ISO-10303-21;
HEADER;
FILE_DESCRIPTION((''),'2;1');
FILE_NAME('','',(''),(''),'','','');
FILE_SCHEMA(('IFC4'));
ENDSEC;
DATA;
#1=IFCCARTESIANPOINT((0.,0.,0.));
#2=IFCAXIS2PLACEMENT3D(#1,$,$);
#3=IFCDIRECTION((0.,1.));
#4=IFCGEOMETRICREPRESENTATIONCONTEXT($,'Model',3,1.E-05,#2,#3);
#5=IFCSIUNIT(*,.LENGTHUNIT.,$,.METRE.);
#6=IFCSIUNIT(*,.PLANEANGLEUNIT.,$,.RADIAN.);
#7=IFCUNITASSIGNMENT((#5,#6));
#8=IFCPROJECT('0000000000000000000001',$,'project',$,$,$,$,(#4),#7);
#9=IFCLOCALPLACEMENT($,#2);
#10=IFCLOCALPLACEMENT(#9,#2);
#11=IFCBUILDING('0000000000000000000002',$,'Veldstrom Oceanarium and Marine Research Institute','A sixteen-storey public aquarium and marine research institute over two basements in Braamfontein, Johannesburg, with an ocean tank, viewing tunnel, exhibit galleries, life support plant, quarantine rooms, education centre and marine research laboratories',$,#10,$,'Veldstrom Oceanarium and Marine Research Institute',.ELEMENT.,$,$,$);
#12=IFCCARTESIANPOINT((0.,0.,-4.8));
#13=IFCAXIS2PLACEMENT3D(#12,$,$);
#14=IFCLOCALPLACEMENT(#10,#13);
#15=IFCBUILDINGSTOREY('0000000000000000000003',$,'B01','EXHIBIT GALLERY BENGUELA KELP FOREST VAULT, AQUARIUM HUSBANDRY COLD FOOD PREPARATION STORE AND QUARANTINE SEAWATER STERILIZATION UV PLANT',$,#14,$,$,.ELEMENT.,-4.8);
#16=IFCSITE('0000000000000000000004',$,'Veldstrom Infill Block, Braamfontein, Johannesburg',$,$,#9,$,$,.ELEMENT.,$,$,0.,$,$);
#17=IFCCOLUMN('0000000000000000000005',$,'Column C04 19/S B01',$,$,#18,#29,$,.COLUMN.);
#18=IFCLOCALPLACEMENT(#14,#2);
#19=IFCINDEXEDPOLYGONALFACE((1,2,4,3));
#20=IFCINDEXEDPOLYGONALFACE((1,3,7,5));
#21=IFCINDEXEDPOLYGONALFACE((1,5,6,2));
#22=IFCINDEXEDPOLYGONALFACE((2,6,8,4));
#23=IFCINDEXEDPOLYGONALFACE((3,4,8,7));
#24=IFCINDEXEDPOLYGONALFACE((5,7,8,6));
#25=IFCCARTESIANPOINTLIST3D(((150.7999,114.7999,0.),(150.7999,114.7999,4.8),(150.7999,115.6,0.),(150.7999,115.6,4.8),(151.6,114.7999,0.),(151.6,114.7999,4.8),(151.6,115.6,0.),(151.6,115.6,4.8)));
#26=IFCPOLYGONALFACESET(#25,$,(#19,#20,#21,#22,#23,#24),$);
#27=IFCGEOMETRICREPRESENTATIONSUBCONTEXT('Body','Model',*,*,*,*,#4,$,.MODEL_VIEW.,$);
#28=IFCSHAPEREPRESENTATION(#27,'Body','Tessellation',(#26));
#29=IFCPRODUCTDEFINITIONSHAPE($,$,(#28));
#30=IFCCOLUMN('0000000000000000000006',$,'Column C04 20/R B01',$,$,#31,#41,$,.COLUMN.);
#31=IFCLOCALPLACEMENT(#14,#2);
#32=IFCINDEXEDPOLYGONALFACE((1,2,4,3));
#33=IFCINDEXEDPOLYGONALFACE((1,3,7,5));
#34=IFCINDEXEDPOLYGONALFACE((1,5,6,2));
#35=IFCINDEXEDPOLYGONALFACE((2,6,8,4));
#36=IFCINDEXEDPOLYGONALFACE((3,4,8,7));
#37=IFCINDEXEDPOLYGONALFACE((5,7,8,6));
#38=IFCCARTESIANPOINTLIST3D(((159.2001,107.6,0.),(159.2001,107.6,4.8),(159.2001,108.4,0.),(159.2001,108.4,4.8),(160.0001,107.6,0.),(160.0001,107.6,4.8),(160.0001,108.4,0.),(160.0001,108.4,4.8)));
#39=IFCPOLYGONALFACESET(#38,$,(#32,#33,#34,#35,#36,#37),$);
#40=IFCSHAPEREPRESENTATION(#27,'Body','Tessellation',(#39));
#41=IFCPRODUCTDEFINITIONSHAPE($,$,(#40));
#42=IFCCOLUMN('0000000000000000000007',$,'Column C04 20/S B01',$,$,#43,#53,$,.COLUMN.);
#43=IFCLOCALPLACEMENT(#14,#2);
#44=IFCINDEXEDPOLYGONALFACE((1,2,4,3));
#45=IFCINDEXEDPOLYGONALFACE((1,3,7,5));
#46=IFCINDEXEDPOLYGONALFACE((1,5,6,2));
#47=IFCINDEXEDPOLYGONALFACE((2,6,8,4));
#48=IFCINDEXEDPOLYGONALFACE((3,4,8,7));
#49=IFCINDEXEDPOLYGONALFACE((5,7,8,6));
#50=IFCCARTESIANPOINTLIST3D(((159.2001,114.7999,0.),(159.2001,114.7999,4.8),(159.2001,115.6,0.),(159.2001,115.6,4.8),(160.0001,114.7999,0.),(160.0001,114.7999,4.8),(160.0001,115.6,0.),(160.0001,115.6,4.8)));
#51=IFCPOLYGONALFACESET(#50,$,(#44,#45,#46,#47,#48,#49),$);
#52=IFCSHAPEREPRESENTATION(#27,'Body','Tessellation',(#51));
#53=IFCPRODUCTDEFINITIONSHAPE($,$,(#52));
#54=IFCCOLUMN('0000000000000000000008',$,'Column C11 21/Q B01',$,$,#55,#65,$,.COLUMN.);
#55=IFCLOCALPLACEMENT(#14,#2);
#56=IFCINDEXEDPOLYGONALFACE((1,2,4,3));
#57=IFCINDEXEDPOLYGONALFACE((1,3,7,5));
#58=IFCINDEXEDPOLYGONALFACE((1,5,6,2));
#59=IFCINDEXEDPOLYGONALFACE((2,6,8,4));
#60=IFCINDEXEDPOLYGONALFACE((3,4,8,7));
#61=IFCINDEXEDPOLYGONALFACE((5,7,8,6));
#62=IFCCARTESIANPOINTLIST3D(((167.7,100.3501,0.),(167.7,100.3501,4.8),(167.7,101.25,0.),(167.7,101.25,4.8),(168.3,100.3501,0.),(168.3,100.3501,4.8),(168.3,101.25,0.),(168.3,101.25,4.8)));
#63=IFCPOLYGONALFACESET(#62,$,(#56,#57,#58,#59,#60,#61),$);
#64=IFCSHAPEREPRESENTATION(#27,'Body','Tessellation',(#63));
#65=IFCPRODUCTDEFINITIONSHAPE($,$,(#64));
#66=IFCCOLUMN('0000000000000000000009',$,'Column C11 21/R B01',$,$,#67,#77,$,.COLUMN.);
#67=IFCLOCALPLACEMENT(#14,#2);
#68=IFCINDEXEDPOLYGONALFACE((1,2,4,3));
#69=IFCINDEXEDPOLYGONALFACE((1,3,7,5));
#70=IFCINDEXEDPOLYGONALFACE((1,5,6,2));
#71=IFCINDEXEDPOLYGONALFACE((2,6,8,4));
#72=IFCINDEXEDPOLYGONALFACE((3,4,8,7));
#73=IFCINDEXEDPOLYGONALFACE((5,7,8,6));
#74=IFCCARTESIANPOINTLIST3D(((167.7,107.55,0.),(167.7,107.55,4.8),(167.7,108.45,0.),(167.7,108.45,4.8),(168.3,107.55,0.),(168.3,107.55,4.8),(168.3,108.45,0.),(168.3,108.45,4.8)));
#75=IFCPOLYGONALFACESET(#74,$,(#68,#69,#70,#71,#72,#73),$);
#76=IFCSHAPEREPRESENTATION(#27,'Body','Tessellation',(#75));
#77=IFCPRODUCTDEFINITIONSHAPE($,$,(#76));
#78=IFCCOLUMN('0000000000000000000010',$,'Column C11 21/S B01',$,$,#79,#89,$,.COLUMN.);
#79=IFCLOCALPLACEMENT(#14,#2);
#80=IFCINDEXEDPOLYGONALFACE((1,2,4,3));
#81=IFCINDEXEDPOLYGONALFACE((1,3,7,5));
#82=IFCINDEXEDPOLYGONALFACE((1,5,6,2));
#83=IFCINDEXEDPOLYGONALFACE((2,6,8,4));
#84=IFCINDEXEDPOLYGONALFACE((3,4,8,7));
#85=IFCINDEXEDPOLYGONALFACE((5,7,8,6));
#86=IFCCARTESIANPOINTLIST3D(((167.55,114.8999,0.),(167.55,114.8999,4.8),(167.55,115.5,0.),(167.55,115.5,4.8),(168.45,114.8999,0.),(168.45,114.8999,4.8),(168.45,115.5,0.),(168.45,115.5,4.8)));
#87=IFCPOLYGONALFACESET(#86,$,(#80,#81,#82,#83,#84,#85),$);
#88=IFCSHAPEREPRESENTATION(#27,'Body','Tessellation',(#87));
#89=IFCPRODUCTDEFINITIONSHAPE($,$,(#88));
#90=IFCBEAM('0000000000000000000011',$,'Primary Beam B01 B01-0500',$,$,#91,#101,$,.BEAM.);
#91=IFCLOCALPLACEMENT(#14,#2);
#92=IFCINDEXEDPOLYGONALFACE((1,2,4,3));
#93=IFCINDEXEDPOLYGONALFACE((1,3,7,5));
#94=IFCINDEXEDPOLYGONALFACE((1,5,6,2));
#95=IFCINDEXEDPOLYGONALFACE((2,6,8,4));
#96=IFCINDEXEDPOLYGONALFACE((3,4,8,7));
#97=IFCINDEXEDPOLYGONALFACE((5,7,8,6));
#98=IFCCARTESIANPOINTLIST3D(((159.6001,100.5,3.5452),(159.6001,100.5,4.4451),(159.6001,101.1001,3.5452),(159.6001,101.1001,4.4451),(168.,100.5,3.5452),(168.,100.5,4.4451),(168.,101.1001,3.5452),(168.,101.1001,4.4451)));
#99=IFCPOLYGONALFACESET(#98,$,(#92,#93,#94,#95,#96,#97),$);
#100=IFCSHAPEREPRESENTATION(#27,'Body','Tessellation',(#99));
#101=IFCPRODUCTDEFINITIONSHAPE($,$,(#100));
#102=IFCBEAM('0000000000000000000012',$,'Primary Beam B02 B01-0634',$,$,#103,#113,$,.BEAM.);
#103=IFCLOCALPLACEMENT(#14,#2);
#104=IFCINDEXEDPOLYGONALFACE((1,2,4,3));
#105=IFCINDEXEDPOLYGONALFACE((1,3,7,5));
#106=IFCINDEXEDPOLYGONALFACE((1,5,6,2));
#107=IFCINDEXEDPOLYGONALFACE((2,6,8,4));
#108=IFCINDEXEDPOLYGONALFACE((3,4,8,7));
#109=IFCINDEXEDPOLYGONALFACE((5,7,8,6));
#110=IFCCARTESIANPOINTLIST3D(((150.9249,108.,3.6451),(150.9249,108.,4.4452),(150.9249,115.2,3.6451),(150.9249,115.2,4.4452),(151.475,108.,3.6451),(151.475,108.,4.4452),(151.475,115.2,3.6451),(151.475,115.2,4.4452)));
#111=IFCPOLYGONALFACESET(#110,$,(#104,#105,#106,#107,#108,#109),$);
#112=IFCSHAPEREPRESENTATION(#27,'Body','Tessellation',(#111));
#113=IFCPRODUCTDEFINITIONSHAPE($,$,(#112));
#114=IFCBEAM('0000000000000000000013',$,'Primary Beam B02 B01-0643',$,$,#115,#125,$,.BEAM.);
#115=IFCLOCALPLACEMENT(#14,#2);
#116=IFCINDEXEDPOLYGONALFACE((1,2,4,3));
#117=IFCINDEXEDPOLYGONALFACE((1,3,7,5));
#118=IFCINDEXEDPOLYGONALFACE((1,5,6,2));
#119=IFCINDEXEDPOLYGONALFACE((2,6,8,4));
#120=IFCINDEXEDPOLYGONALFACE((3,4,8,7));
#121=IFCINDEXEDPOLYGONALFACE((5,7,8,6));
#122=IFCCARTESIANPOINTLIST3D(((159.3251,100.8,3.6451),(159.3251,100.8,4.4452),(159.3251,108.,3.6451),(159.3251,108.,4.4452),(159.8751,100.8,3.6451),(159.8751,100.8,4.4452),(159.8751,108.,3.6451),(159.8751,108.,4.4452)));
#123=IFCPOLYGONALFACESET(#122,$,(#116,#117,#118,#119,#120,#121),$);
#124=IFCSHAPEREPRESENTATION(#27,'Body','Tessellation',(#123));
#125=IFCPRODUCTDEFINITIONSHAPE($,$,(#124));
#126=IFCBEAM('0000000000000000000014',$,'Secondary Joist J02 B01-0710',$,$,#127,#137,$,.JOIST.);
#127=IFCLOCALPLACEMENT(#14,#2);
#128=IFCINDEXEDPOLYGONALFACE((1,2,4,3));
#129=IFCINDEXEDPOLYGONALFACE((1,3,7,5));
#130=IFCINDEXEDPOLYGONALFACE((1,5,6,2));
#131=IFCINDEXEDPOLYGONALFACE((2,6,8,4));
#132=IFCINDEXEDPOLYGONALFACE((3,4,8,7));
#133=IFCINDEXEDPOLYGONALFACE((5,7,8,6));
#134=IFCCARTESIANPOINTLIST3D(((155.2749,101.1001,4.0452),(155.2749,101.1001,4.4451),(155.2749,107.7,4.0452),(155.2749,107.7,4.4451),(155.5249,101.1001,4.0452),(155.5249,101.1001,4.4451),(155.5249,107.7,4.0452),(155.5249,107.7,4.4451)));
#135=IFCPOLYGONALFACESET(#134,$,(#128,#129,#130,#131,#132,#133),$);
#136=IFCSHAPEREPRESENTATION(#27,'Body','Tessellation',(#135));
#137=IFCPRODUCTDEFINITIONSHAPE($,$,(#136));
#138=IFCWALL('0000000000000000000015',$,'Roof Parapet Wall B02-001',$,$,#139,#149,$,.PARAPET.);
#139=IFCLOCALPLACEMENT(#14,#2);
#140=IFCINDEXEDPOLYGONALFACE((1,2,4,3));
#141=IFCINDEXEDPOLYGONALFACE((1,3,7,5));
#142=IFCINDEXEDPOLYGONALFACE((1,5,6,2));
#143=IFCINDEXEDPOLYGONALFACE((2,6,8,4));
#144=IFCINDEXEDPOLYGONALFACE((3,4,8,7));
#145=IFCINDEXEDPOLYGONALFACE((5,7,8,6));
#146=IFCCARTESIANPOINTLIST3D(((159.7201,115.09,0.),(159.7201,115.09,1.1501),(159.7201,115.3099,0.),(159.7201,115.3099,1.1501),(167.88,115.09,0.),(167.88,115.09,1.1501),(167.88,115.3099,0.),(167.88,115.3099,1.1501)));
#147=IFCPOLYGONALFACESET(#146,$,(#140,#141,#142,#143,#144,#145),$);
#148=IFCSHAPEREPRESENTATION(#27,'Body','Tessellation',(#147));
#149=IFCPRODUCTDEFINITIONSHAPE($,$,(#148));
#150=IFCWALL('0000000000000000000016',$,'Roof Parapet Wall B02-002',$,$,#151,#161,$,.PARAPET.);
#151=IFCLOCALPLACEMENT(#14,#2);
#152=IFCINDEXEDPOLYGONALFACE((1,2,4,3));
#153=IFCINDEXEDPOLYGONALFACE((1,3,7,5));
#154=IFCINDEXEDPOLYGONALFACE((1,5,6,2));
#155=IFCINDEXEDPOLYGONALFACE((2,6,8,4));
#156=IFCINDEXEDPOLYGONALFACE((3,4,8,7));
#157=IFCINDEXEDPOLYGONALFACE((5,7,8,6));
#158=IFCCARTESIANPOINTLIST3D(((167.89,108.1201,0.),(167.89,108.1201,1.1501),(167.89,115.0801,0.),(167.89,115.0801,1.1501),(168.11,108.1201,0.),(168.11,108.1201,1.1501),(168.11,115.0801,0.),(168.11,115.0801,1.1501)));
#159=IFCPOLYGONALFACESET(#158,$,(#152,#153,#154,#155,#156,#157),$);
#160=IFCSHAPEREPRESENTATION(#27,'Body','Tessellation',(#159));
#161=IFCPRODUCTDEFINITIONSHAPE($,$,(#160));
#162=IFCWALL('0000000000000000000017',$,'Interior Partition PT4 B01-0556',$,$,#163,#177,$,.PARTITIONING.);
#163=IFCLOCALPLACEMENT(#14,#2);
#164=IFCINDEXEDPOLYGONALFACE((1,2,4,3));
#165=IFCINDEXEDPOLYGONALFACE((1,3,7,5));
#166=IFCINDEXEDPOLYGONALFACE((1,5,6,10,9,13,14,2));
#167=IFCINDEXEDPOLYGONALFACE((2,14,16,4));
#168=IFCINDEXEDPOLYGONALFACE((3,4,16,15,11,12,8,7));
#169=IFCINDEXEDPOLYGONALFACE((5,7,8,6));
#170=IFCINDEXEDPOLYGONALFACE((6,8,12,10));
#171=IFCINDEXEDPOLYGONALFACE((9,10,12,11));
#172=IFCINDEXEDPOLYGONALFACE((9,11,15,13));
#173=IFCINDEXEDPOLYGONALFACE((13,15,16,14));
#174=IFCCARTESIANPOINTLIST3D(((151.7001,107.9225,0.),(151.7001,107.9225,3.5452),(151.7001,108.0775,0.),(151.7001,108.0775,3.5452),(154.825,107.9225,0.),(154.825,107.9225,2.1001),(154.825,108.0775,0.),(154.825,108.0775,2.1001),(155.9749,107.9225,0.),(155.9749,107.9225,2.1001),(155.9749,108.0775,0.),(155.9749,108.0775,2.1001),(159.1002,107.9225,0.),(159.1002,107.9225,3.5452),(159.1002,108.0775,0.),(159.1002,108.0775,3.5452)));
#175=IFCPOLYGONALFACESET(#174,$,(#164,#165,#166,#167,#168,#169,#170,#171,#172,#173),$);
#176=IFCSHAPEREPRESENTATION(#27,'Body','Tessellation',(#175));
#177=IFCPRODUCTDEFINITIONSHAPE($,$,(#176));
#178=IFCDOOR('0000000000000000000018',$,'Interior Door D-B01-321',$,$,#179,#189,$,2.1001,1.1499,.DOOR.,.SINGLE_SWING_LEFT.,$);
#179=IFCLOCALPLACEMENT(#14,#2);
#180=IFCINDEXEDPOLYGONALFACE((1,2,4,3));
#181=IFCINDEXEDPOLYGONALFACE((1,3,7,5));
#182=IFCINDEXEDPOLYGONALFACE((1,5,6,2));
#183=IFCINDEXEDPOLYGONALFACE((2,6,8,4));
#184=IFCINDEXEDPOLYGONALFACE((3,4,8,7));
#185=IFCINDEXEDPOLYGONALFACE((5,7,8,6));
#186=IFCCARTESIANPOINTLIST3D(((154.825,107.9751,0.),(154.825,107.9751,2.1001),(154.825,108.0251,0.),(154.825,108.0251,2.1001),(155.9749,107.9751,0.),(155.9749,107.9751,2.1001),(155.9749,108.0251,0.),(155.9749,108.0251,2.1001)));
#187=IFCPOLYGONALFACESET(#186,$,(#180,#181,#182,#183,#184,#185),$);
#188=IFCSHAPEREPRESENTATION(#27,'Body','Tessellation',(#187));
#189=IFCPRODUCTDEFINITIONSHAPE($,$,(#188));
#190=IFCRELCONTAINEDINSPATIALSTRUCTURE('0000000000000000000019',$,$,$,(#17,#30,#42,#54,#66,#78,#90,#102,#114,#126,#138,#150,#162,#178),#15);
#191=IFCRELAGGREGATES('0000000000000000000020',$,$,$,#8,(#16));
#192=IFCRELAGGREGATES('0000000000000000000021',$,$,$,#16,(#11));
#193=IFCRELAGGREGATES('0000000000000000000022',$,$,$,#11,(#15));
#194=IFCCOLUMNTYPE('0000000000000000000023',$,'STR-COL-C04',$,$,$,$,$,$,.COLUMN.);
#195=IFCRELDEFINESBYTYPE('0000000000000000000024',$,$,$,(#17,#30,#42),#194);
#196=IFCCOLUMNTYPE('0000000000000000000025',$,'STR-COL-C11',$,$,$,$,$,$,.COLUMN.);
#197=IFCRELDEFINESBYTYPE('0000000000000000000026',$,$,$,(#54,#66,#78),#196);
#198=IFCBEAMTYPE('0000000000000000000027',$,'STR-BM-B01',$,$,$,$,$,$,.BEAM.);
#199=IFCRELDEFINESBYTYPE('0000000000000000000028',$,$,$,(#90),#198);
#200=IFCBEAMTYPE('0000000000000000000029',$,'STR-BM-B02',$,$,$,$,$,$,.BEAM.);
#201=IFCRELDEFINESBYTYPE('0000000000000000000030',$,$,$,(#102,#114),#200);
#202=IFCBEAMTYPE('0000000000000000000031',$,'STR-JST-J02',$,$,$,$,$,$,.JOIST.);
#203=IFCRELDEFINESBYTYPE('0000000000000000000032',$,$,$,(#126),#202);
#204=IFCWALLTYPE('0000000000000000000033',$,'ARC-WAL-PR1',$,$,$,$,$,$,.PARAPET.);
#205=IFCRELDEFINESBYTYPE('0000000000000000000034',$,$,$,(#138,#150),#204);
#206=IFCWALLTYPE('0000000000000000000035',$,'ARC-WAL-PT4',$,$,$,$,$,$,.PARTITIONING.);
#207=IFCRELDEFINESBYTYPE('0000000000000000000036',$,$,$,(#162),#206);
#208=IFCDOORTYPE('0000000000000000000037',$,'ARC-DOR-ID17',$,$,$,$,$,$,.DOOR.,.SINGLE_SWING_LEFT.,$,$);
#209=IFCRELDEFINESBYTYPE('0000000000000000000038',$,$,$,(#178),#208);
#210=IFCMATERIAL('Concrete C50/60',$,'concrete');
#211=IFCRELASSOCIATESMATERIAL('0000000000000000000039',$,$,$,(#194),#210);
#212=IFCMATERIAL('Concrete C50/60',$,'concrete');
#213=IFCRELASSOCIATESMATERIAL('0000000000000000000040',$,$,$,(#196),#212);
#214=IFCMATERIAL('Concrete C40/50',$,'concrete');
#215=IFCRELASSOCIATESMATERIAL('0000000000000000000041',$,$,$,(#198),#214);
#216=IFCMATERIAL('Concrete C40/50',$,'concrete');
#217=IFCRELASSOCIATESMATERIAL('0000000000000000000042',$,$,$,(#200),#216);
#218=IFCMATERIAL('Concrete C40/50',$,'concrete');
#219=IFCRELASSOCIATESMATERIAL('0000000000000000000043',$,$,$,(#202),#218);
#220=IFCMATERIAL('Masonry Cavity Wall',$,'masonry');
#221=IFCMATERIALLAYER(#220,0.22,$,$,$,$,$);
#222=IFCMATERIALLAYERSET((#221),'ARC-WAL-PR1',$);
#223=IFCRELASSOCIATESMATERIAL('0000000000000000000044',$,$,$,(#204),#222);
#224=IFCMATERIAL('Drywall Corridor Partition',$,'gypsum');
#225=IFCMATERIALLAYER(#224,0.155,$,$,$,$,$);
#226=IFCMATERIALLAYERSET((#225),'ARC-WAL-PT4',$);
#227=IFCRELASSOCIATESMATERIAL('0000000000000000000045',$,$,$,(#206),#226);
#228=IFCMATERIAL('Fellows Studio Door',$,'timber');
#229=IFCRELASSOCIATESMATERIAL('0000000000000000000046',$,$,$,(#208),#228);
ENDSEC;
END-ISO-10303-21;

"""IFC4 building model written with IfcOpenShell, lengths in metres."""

from ifc_helpers import new_model, si_unit, direction, frame, frame_2d, origin, origin_2d, place, context, subcontext, project, spatial, rectangle, extrude, material, layer, layer_set, material_profile, profile_set, type_object, element, fill, save


model = new_model("IFC4")

# Units and contexts
model_context = context("Model", 3, precision=1e-05, world=origin(), true_north=direction((0.0, 1.0)))
body_context = subcontext(model_context, "Body", "Model", "MODEL_VIEW")
ifc_project = project(units=[si_unit("LENGTHUNIT", "METRE"), si_unit("PLANEANGLEUNIT", "RADIAN")], contexts=[model_context])

# Site, building, storey
site_placement = place(None, origin())
site = spatial("IfcSite", under=ifc_project, at=site_placement, Name="Veldstrom Infill Block, Braamfontein, Johannesburg", CompositionType="ELEMENT", RefElevation=0.0)
building_placement = place(site_placement, origin())
building = spatial("IfcBuilding", under=site, at=building_placement, Name="Veldstrom Oceanarium and Marine Research Institute", Description="A sixteen-storey public aquarium and marine research institute over two basements in Braamfontein, Johannesburg, with an ocean tank, viewing tunnel, exhibit galleries, life support plant, quarantine rooms, education centre and marine research laboratories", LongName="Veldstrom Oceanarium and Marine Research Institute", CompositionType="ELEMENT")
storey_placement = place(building_placement, frame((0.0, 0.0, -4.8)))
storey = spatial("IfcBuildingStorey", under=building, at=storey_placement, Name="B01", Description="EXHIBIT GALLERY BENGUELA KELP FOREST VAULT, AQUARIUM HUSBANDRY COLD FOOD PREPARATION STORE AND QUARANTINE SEAWATER STERILIZATION UV PLANT", CompositionType="ELEMENT", Elevation=-4.8)

# Columns
ifc_material_1 = material(Name="Concrete C50/60", Category="concrete")
ifc_material_profile_1 = material_profile(ifc_material_1, rectangle(XDim=0.8, YDim=0.8, at=origin_2d()), Name="RC-COL-800x800")
ifc_profile_set_1 = profile_set([ifc_material_profile_1], Name="Concrete C50/60")
column_type_1 = type_object("IfcColumnType", Name="STR-COL-C04", PredefinedType="COLUMN", material=ifc_profile_set_1)
for number, where, z_axis, x_axis, name in (
    (1, (151.2, 115.2, 0.0), (0.0, 0.0, 1.0), (1.0, 0.0, 0.0), "Column C04 19/S B01"),
    (2, (159.6001, 108.0, 0.0), (0.0, 0.0, 1.0), (1.0, 0.0, 0.0), "Column C04 20/R B01"),
    (3, (159.6001, 115.2, 0.0), (0.0, 0.0, 1.0), (1.0, 0.0, 0.0), "Column C04 20/S B01"),
):
    element("IfcColumn", number, at=place(storey_placement, frame(where, z_axis=z_axis, x_axis=x_axis)), inside=storey, type_object=column_type_1, Name=name, PredefinedType="COLUMN", context=body_context, shape_type="SweptSolid", body=[
        extrude(rectangle(XDim=0.8, YDim=0.8, at=origin_2d()), origin(), (0.0, 0.0, 1.0), 4.8),
    ])
ifc_material_2 = material(Name="Concrete C50/60", Category="concrete")
ifc_material_profile_2 = material_profile(ifc_material_2, rectangle(XDim=0.6001, YDim=0.8999, at=origin_2d()), Name="RC-COL-900x600")
ifc_profile_set_2 = profile_set([ifc_material_profile_2], Name="Concrete C50/60")
column_type_2 = type_object("IfcColumnType", Name="STR-COL-C11", PredefinedType="COLUMN", material=ifc_profile_set_2)
for number, where, z_axis, x_axis, name in (
    (4, (168.0, 100.8, 0.0), (0.0, 0.0, 1.0), (1.0, 0.0, 0.0), "Column C11 21/Q B01"),
    (5, (168.0, 108.0, 0.0), (0.0, 0.0, 1.0), (1.0, 0.0, 0.0), "Column C11 21/R B01"),
    (6, (168.0, 115.2, 0.0), (0.0, 0.0, 1.0), (0.0, 1.0, 0.0), "Column C11 21/S B01"),
):
    element("IfcColumn", number, at=place(storey_placement, frame(where, z_axis=z_axis, x_axis=x_axis)), inside=storey, type_object=column_type_2, Name=name, PredefinedType="COLUMN", context=body_context, shape_type="SweptSolid", body=[
        extrude(rectangle(XDim=0.6001, YDim=0.8999, at=origin_2d()), origin(), (0.0, 0.0, 1.0), 4.8),
    ])

# Beams
ifc_material_3 = material(Name="Concrete C40/50", Category="concrete")
ifc_material_profile_3 = material_profile(ifc_material_3, rectangle(XDim=0.6001, YDim=0.8999, at=origin_2d()), Name="RC-BM-600x900")
ifc_profile_set_3 = profile_set([ifc_material_profile_3], Name="Concrete C40/50")
beam_type_1 = type_object("IfcBeamType", Name="STR-BM-B01", PredefinedType="BEAM", material=ifc_profile_set_3)
beam_1_placement = place(storey_placement, frame((159.6001, 100.8, 3.9951), z_axis=(1.0, 0.0, 0.0), x_axis=(0.0, 1.0, 0.0)))
element("IfcBeam", 7, at=beam_1_placement, inside=storey, type_object=beam_type_1, Name="Primary Beam B01 B01-0500", PredefinedType="BEAM", context=body_context, shape_type="SweptSolid", body=[
    extrude(rectangle(XDim=0.6001, YDim=0.8999, at=origin_2d()), origin(), (0.0, 0.0, 1.0), 8.3999),
])
ifc_material_4 = material(Name="Concrete C40/50", Category="concrete")
ifc_material_profile_4 = material_profile(ifc_material_4, rectangle(XDim=0.55, YDim=0.8, at=origin_2d()), Name="RC-BM-550x800")
ifc_profile_set_4 = profile_set([ifc_material_profile_4], Name="Concrete C40/50")
beam_type_2 = type_object("IfcBeamType", Name="STR-BM-B02", PredefinedType="BEAM", material=ifc_profile_set_4)
for number, where, z_axis, x_axis, name in (
    (8, (151.2, 108.0, 4.0452), (0.0, 1.0, 0.0), (-1.0, 0.0, 0.0), "Primary Beam B02 B01-0634"),
    (9, (159.6001, 100.8, 4.0452), (0.0, 1.0, 0.0), (-1.0, 0.0, 0.0), "Primary Beam B02 B01-0643"),
):
    element("IfcBeam", number, at=place(storey_placement, frame(where, z_axis=z_axis, x_axis=x_axis)), inside=storey, type_object=beam_type_2, Name=name, PredefinedType="BEAM", context=body_context, shape_type="SweptSolid", body=[
        extrude(rectangle(XDim=0.55, YDim=0.8, at=origin_2d()), origin(), (0.0, 0.0, 1.0), 7.2),
    ])
ifc_material_5 = material(Name="Concrete C40/50", Category="concrete")
ifc_material_profile_5 = material_profile(ifc_material_5, rectangle(XDim=0.25, YDim=0.3999, at=origin_2d()), Name="RC-JST-250x400")
ifc_profile_set_5 = profile_set([ifc_material_profile_5], Name="Concrete C40/50")
beam_type_3 = type_object("IfcBeamType", Name="STR-JST-J02", PredefinedType="JOIST", material=ifc_profile_set_5)
beam_2_placement = place(storey_placement, frame((155.3999, 101.1001, 4.2451), z_axis=(0.0, 1.0, 0.0), x_axis=(-1.0, 0.0, 0.0)))
element("IfcBeam", 10, at=beam_2_placement, inside=storey, type_object=beam_type_3, Name="Secondary Joist J02 B01-0710", PredefinedType="JOIST", context=body_context, shape_type="SweptSolid", body=[
    extrude(rectangle(XDim=0.25, YDim=0.3999, at=origin_2d()), origin(), (0.0, 0.0, 1.0), 6.5999),
])

# Walls
ifc_material_6 = material(Name="Masonry Cavity Wall", Category="masonry")
ifc_layer_1 = layer(ifc_material_6, 0.22)
ifc_layer_set_1 = layer_set([ifc_layer_1], Name="ARC-WAL-PR1")
wall_type_1 = type_object("IfcWallType", Name="ARC-WAL-PR1", PredefinedType="PARAPET", material=ifc_layer_set_1)
wall_1_placement = place(storey_placement, frame((159.72, 115.2, 0.0), z_axis=(0.0, 0.0, 1.0), x_axis=(1.0, 0.0, 0.0)))
element("IfcWall", 11, at=wall_1_placement, inside=storey, type_object=wall_type_1, Name="Roof Parapet Wall B02-001", PredefinedType="PARAPET", context=body_context, shape_type="SweptSolid", body=[
    extrude(rectangle(XDim=8.1599, YDim=0.22, at=frame_2d((4.0801, 0.0))), origin(), (0.0, 0.0, 1.0), 1.1501),
])
wall_2_placement = place(storey_placement, frame((168.0, 108.1201, 0.0), z_axis=(0.0, 0.0, 1.0), x_axis=(0.0, 1.0, 0.0)))
element("IfcWall", 12, at=wall_2_placement, inside=storey, type_object=wall_type_1, Name="Roof Parapet Wall B02-002", PredefinedType="PARAPET", context=body_context, shape_type="SweptSolid", body=[
    extrude(rectangle(XDim=6.96, YDim=0.22, at=frame_2d((3.48, 0.0))), origin(), (0.0, 0.0, 1.0), 1.1501),
])

# Wall, opening, door
ifc_material_7 = material(Name="Drywall Corridor Partition", Category="gypsum")
ifc_layer_2 = layer(ifc_material_7, 0.155)
ifc_layer_set_2 = layer_set([ifc_layer_2], Name="ARC-WAL-PT4")
wall_type_2 = type_object("IfcWallType", Name="ARC-WAL-PT4", PredefinedType="PARTITIONING", material=ifc_layer_set_2)
wall_3_placement = place(storey_placement, frame((151.7, 108.0, 0.0), z_axis=(0.0, 0.0, 1.0), x_axis=(1.0, 0.0, 0.0)))
wall_3 = element("IfcWall", 13, at=wall_3_placement, inside=storey, type_object=wall_type_2, Name="Interior Partition PT4 B01-0556", PredefinedType="PARTITIONING", context=body_context, shape_type="SweptSolid", body=[
    extrude(rectangle(XDim=7.4001, YDim=0.155, at=frame_2d((3.7002, 0.0))), origin(), (0.0, 0.0, 1.0), 3.5452),
])
opening_1_placement = place(wall_3_placement, frame((3.125, 0.0, 0.0)))
opening_1 = element("IfcOpeningElement", 14, at=opening_1_placement, cuts=wall_3, PredefinedType="OPENING", context=body_context, shape_type="SweptSolid", body=[
    extrude(rectangle(XDim=1.1499, YDim=2.1001, at=frame_2d((0.575, 1.05))), frame((0.0, 0.0874, 0.0), z_axis=(0.0, -1.0, 0.0), x_axis=(1.0, 0.0, 0.0)), (0.0, 0.0, 1.0), 0.175),
])
ifc_material_8 = material(Name="Fellows Studio Door", Category="timber")
door_type = type_object("IfcDoorType", Name="ARC-DOR-ID17", OperationType="SINGLE_SWING_LEFT", PredefinedType="DOOR", material=ifc_material_8)
door_1_placement = place(opening_1_placement, frame((1.1499, 0.0, 0.0), z_axis=(0.0, 0.0, 1.0), x_axis=(-1.0, 0.0, 0.0)))
door_1 = element("IfcDoor", 15, at=door_1_placement, inside=storey, type_object=door_type, Name="Interior Door D-B01-321", OperationType="SINGLE_SWING_LEFT", OverallHeight=2.1001, OverallWidth=1.1499, PredefinedType="DOOR", context=body_context, shape_type="SweptSolid", body=[
    extrude(rectangle(XDim=1.1499, YDim=2.1001, at=frame_2d((0.575, 1.05))), frame((0.0, 0.0249, 0.0), z_axis=(0.0, -1.0, 0.0), x_axis=(1.0, 0.0, 0.0)), (0.0, 0.0, 1.0), 0.05),
])
fill(opening_1, door_1)

save(model, "model.ifc")
